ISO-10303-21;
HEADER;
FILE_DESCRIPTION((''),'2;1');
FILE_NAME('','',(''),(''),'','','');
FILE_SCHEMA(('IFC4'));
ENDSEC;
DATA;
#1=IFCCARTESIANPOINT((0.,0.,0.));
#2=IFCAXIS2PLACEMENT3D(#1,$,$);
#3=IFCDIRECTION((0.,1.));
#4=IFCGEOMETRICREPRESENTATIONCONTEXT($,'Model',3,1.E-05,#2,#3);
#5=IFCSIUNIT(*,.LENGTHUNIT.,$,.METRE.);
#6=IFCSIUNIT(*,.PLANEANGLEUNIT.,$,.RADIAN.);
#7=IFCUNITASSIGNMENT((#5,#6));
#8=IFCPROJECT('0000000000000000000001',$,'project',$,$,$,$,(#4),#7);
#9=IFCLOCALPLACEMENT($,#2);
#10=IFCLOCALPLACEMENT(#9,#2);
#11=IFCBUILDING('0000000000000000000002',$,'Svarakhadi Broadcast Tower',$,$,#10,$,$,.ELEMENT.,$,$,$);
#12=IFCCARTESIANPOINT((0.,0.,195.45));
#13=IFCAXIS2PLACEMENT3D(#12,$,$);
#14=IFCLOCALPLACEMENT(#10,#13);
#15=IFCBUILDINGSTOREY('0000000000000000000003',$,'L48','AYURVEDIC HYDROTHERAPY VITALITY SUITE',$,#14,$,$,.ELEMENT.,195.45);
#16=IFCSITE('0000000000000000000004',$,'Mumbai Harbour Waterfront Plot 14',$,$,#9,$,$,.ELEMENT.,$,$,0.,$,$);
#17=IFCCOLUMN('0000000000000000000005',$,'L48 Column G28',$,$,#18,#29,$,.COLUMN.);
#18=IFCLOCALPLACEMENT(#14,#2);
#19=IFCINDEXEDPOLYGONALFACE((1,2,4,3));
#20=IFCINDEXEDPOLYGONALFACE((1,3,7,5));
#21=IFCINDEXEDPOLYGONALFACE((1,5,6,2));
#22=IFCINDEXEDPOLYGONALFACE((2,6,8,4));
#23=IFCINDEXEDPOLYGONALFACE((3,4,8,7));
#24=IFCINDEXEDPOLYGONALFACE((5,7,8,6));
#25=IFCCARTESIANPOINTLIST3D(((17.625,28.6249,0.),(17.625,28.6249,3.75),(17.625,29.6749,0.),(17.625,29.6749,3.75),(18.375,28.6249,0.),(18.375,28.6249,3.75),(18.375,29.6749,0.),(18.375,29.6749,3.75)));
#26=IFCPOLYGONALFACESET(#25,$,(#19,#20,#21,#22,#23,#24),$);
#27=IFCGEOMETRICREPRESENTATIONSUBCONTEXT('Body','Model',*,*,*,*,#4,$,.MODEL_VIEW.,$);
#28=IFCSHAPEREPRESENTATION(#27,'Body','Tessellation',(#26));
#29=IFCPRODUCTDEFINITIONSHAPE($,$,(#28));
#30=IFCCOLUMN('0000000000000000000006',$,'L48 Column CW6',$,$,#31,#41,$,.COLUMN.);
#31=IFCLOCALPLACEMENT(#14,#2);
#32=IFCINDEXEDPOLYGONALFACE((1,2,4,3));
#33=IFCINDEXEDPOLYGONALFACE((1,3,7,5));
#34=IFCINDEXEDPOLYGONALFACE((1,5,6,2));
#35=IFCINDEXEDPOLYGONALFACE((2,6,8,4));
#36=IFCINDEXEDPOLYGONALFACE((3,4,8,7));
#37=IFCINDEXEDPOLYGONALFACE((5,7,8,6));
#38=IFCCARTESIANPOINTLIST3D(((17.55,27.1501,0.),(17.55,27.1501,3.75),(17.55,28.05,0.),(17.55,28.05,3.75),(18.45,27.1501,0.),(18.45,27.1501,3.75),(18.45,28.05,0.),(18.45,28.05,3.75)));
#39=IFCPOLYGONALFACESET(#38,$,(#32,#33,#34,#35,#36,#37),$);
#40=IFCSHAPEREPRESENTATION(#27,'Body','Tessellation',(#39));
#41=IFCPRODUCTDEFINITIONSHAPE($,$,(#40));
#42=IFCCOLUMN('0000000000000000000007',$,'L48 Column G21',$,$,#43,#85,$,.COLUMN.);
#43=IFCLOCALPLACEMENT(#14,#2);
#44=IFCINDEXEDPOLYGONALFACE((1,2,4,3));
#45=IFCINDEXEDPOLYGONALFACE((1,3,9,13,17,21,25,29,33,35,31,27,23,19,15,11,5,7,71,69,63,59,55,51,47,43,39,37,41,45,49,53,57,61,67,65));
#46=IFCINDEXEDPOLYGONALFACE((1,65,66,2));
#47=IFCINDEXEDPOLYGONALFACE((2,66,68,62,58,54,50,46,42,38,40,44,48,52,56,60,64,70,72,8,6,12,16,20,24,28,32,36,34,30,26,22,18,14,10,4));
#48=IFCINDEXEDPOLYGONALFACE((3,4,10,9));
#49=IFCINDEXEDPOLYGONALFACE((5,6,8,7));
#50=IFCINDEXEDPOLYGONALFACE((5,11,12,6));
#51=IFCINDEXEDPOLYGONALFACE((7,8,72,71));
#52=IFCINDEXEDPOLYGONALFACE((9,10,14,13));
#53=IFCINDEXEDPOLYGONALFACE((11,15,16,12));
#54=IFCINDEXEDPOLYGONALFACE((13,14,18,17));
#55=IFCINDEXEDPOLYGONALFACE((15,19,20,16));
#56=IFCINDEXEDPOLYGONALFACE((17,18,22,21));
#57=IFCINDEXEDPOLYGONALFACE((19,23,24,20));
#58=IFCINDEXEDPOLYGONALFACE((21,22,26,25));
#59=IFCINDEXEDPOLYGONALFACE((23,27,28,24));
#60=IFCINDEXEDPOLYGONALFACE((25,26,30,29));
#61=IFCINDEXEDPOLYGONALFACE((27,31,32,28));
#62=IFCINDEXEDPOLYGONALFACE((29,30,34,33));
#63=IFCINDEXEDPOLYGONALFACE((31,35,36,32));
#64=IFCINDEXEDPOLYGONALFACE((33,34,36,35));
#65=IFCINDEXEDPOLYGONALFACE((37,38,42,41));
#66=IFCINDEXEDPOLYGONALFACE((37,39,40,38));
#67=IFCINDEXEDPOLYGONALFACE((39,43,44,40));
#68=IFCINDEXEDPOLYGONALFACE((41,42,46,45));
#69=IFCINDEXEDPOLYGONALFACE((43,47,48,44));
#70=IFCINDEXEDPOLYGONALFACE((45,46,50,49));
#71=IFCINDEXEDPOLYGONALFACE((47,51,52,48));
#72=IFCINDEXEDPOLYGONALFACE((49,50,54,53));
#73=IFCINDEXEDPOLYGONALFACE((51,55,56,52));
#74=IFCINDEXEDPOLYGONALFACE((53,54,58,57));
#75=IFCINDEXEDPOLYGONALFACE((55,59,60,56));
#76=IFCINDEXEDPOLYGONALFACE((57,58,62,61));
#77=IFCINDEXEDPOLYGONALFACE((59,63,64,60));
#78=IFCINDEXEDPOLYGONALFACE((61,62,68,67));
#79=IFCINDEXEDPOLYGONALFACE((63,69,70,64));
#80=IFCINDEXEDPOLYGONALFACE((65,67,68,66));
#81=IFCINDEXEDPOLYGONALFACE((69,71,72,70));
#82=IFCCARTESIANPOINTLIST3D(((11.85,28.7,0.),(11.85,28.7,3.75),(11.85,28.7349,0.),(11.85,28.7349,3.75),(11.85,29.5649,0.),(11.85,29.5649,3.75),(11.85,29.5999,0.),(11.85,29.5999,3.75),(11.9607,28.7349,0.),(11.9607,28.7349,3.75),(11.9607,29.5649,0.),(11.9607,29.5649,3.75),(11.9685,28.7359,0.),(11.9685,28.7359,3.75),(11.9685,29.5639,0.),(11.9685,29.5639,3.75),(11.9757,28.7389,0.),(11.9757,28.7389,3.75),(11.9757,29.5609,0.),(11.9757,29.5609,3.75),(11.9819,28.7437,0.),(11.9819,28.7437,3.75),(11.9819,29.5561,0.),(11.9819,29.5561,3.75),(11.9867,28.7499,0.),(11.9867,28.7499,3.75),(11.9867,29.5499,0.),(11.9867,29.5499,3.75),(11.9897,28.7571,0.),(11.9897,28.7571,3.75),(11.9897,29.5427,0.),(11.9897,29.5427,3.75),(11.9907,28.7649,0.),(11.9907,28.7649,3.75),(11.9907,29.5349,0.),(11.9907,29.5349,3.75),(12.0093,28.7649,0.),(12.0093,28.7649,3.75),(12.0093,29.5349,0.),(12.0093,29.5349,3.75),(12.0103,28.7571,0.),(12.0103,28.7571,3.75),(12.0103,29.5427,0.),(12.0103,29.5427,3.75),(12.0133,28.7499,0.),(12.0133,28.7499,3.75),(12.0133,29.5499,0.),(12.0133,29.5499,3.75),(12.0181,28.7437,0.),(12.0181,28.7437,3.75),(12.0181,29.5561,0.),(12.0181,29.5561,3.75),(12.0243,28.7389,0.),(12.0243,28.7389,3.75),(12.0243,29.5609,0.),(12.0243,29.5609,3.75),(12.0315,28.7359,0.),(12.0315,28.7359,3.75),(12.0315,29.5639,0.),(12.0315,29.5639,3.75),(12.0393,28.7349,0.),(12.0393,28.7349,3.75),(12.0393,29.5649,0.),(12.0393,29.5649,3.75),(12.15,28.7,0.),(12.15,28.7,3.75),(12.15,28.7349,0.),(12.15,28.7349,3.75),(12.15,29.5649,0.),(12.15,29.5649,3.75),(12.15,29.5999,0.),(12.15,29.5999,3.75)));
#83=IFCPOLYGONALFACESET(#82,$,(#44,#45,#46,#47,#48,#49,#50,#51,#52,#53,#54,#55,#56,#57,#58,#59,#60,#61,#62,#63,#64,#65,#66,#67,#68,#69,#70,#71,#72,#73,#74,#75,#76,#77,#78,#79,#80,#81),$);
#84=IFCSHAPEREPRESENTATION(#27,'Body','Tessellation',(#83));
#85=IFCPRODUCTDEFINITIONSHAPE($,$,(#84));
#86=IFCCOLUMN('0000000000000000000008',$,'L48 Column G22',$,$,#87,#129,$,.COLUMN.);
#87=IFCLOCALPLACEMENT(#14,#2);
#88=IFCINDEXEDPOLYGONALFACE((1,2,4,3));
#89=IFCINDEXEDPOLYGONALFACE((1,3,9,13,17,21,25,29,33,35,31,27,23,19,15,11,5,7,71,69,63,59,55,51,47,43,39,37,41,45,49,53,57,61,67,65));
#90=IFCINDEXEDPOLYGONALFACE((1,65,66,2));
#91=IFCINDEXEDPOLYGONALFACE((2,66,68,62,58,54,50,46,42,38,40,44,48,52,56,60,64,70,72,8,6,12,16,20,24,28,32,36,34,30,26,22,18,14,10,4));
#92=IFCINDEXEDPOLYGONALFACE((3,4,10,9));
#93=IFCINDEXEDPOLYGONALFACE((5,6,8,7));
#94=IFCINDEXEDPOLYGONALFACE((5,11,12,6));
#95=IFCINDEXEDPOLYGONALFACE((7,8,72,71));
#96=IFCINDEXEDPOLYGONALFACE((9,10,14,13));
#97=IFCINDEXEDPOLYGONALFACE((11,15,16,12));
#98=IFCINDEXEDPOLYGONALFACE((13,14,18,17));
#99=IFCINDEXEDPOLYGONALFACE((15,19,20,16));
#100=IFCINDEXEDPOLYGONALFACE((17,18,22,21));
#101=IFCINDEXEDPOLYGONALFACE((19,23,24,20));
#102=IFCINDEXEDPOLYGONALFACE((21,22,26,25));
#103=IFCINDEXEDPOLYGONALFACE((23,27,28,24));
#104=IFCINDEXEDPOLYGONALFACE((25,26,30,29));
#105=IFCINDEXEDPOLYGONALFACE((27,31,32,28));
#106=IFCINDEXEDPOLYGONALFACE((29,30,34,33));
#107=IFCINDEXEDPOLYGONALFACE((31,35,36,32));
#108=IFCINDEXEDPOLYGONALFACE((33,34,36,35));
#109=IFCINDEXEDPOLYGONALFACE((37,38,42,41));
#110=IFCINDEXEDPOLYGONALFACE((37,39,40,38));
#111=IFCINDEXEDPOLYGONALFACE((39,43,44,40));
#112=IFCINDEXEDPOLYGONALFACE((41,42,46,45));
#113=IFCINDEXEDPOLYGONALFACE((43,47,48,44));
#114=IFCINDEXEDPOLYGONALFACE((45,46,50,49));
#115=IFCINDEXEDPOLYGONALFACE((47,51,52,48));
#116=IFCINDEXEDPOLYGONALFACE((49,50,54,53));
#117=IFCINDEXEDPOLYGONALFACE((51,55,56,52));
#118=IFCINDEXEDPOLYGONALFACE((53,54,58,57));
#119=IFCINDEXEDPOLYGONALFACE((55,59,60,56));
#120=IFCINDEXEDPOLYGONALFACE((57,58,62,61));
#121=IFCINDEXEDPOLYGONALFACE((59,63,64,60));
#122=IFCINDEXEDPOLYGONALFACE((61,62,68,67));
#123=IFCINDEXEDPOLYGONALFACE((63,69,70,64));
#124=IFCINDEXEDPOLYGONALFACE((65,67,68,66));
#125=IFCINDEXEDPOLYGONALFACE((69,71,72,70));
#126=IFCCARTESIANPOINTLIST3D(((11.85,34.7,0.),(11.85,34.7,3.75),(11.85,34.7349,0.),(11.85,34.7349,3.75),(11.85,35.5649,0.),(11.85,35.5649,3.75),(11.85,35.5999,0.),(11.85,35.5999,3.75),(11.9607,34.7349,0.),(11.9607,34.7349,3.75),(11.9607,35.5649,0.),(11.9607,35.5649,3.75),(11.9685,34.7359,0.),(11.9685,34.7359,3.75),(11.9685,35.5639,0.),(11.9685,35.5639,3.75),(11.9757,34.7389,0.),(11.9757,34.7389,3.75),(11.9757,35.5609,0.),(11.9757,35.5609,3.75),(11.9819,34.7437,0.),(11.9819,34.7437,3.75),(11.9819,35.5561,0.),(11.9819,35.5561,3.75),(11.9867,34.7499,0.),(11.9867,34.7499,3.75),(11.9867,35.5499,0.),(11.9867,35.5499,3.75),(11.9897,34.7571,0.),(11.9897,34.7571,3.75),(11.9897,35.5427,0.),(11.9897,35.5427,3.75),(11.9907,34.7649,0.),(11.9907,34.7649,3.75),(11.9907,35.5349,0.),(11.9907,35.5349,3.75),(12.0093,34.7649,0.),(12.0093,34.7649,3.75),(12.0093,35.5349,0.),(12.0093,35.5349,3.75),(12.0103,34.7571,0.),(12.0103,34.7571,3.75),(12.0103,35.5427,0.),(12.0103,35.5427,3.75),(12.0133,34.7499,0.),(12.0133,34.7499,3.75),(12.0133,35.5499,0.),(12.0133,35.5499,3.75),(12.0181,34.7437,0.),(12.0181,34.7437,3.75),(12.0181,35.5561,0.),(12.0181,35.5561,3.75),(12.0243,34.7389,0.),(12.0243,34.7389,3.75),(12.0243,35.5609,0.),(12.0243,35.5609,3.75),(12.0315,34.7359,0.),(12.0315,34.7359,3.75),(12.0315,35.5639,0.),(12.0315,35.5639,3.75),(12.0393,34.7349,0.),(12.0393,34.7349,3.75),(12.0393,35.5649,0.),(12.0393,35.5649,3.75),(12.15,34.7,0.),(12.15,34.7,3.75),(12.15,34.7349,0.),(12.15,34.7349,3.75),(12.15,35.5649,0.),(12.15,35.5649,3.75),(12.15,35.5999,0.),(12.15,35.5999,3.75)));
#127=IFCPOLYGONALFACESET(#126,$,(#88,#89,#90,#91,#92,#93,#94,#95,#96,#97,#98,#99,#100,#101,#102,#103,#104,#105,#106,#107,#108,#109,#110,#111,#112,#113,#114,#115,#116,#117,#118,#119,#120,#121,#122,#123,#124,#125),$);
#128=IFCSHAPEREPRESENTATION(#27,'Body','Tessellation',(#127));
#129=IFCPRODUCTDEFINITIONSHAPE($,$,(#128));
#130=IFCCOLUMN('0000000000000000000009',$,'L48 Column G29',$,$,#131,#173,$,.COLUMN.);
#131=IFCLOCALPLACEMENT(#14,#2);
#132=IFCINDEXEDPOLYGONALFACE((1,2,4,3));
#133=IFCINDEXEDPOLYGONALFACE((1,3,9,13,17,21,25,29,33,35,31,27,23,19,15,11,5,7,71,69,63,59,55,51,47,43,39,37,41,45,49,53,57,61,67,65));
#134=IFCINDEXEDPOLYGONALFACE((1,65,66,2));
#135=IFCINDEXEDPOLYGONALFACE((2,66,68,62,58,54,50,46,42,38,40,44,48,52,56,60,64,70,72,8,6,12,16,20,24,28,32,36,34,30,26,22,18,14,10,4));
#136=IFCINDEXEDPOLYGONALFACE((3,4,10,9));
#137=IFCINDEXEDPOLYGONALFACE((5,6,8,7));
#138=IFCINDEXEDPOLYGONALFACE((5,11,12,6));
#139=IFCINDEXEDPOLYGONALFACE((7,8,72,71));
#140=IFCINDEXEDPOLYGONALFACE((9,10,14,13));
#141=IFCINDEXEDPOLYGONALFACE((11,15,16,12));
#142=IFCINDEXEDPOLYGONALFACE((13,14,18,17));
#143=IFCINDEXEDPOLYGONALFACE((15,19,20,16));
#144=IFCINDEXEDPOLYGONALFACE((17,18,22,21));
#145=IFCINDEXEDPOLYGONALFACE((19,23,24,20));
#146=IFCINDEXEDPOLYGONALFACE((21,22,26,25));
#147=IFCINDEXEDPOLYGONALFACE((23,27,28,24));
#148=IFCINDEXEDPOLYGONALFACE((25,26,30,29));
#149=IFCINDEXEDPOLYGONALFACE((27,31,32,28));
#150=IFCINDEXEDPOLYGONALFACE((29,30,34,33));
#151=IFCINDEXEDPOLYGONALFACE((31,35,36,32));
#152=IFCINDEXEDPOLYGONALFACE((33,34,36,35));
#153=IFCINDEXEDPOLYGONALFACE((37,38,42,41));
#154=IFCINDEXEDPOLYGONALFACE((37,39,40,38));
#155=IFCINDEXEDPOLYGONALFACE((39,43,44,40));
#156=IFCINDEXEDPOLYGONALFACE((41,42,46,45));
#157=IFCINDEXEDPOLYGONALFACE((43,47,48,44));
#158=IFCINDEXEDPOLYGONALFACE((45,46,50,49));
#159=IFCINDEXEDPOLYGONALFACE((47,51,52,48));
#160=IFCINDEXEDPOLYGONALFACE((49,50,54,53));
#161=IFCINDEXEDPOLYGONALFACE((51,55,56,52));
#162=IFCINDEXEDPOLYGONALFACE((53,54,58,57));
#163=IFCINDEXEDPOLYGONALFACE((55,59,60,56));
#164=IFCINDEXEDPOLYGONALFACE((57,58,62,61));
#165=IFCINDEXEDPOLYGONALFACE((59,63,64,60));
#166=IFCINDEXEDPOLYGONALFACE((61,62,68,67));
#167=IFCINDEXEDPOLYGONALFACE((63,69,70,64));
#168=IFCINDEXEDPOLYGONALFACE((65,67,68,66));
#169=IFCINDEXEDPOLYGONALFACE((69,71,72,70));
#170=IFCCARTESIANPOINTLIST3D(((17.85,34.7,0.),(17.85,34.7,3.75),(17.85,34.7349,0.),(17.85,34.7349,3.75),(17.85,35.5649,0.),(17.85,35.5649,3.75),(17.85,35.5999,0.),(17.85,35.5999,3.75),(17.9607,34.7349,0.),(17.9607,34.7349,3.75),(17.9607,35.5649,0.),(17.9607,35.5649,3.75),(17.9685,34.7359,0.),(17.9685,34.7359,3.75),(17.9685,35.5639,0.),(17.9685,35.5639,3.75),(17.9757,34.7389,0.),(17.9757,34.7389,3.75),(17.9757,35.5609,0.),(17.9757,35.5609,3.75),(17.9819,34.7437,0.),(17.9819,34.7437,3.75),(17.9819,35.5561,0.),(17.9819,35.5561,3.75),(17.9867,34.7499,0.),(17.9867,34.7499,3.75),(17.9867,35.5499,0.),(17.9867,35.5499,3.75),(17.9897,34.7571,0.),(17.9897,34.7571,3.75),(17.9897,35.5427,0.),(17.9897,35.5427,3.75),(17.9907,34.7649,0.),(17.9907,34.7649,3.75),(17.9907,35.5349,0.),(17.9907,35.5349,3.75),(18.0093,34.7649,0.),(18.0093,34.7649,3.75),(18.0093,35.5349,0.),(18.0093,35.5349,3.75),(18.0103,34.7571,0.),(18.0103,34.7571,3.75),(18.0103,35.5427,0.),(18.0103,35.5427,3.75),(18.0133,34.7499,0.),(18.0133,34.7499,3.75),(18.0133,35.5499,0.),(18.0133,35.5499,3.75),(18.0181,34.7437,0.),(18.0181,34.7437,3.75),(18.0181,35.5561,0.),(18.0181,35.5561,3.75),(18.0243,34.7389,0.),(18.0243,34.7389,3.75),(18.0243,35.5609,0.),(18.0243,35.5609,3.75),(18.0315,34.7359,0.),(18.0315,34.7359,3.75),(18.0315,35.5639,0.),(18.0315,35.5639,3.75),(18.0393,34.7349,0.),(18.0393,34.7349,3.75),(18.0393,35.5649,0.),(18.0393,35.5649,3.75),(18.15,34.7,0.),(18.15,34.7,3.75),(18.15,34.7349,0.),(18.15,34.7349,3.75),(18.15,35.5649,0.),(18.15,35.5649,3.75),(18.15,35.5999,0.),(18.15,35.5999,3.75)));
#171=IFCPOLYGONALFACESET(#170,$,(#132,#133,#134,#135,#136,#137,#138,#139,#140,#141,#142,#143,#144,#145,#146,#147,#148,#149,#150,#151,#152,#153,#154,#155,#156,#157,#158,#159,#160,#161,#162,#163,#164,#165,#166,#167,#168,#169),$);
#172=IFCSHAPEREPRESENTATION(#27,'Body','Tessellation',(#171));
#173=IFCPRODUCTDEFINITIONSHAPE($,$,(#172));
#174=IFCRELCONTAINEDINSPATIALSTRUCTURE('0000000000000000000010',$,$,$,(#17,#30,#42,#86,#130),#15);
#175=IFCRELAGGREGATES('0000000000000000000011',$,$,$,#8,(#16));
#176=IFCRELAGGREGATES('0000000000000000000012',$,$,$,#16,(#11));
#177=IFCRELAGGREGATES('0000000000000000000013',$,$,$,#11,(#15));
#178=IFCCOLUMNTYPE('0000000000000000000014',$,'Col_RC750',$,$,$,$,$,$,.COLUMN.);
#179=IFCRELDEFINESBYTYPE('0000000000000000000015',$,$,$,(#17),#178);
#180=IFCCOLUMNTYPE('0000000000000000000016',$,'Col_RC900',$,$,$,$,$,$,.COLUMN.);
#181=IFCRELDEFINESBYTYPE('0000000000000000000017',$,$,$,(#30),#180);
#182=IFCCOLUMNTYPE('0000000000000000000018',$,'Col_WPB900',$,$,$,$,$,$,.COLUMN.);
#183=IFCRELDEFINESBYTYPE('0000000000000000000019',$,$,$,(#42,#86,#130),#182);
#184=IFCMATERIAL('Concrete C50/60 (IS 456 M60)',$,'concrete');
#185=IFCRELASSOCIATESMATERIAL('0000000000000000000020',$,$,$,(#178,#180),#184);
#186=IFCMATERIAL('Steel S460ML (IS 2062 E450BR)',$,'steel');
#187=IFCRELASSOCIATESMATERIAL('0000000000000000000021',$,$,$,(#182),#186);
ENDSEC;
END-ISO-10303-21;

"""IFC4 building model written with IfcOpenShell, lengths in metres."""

from ifc_helpers import new_model, si_unit, direction, frame, origin, origin_2d, place, context, subcontext, project, spatial, rectangle, i_section, extrude, material, material_profile, profile_set, type_object, element, save


model = new_model("IFC4")

# Units and contexts
model_context = context("Model", 3, precision=1e-05, world=origin(), true_north=direction((0.0, 1.0)))
body_context = subcontext(model_context, "Body", "Model", "MODEL_VIEW")
ifc_project = project(units=[si_unit("LENGTHUNIT", "METRE"), si_unit("PLANEANGLEUNIT", "RADIAN")], contexts=[model_context])

# Site, building, storey
site_placement = place(None, origin())
site = spatial("IfcSite", under=ifc_project, at=site_placement, Name="Mumbai Harbour Waterfront Plot 14", CompositionType="ELEMENT", RefElevation=0.0)
building_placement = place(site_placement, origin())
building = spatial("IfcBuilding", under=site, at=building_placement, Name="Svarakhadi Broadcast Tower", CompositionType="ELEMENT")
storey_placement = place(building_placement, frame((0.0, 0.0, 195.45)))
storey = spatial("IfcBuildingStorey", under=building, at=storey_placement, Name="L48", Description="AYURVEDIC HYDROTHERAPY VITALITY SUITE", CompositionType="ELEMENT", Elevation=195.45)

# Columns
ifc_material_1 = material(Name="Concrete C50/60 (IS 456 M60)", Category="concrete")
ifc_material_profile_1 = material_profile(ifc_material_1, rectangle(XDim=0.75, YDim=1.05, at=origin_2d()), Name="RC 750x1050")
ifc_profile_set_1 = profile_set([ifc_material_profile_1], Name="Concrete C50/60 (IS 456 M60)")
column_type_1 = type_object("IfcColumnType", Name="Col_RC750", PredefinedType="COLUMN", material=ifc_profile_set_1)
column_1_placement = place(storey_placement, frame((18.0, 29.1499, 0.0), z_axis=(0.0, 0.0, 1.0), x_axis=(1.0, 0.0, 0.0)))
element("IfcColumn", 1, at=column_1_placement, inside=storey, type_object=column_type_1, Name="L48 Column G28", PredefinedType="COLUMN", context=body_context, shape_type="SweptSolid", body=[
    extrude(rectangle(XDim=0.75, YDim=1.05, at=origin_2d()), origin(), (0.0, 0.0, 1.0), 3.75),
])
ifc_material_profile_2 = material_profile(ifc_material_1, rectangle(XDim=0.8999, YDim=0.8999, at=origin_2d()), Name="RC 900x900")
ifc_profile_set_2 = profile_set([ifc_material_profile_2], Name="Concrete C50/60 (IS 456 M60)")
column_type_2 = type_object("IfcColumnType", Name="Col_RC900", PredefinedType="COLUMN", material=ifc_profile_set_2)
column_2_placement = place(storey_placement, frame((18.0, 27.6001, 0.0), z_axis=(0.0, 0.0, 1.0), x_axis=(1.0, 0.0, 0.0)))
element("IfcColumn", 2, at=column_2_placement, inside=storey, type_object=column_type_2, Name="L48 Column CW6", PredefinedType="COLUMN", context=body_context, shape_type="SweptSolid", body=[
    extrude(rectangle(XDim=0.8999, YDim=0.8999, at=origin_2d()), origin(), (0.0, 0.0, 1.0), 3.75),
])
ifc_material_2 = material(Name="Steel S460ML (IS 2062 E450BR)", Category="steel")
ifc_material_profile_3 = material_profile(ifc_material_2, i_section(OverallWidth=0.3, OverallDepth=0.8999, WebThickness=0.0186, FlangeThickness=0.0349, FilletRadius=0.03, at=origin_2d()), Name="WPB 900x300x291")
ifc_profile_set_3 = profile_set([ifc_material_profile_3], Name="Steel S460ML (IS 2062 E450BR)")
column_type_3 = type_object("IfcColumnType", Name="Col_WPB900", PredefinedType="COLUMN", material=ifc_profile_set_3)
for number, where, z_axis, x_axis, name in (
    (3, (12.0, 29.1499, 0.0), (0.0, 0.0, 1.0), (1.0, 0.0, 0.0), "L48 Column G21"),
    (4, (12.0, 35.1499, 0.0), (0.0, 0.0, 1.0), (1.0, 0.0, 0.0), "L48 Column G22"),
    (5, (18.0, 35.1499, 0.0), (0.0, 0.0, 1.0), (1.0, 0.0, 0.0), "L48 Column G29"),
):
    element("IfcColumn", number, at=place(storey_placement, frame(where, z_axis=z_axis, x_axis=x_axis)), inside=storey, type_object=column_type_3, Name=name, PredefinedType="COLUMN", context=body_context, shape_type="SweptSolid", body=[
        extrude(i_section(OverallWidth=0.3, OverallDepth=0.8999, WebThickness=0.0186, FlangeThickness=0.0349, FilletRadius=0.03, at=origin_2d()), origin(), (0.0, 0.0, 1.0), 3.75),
    ])

save(model, "model.ifc")
